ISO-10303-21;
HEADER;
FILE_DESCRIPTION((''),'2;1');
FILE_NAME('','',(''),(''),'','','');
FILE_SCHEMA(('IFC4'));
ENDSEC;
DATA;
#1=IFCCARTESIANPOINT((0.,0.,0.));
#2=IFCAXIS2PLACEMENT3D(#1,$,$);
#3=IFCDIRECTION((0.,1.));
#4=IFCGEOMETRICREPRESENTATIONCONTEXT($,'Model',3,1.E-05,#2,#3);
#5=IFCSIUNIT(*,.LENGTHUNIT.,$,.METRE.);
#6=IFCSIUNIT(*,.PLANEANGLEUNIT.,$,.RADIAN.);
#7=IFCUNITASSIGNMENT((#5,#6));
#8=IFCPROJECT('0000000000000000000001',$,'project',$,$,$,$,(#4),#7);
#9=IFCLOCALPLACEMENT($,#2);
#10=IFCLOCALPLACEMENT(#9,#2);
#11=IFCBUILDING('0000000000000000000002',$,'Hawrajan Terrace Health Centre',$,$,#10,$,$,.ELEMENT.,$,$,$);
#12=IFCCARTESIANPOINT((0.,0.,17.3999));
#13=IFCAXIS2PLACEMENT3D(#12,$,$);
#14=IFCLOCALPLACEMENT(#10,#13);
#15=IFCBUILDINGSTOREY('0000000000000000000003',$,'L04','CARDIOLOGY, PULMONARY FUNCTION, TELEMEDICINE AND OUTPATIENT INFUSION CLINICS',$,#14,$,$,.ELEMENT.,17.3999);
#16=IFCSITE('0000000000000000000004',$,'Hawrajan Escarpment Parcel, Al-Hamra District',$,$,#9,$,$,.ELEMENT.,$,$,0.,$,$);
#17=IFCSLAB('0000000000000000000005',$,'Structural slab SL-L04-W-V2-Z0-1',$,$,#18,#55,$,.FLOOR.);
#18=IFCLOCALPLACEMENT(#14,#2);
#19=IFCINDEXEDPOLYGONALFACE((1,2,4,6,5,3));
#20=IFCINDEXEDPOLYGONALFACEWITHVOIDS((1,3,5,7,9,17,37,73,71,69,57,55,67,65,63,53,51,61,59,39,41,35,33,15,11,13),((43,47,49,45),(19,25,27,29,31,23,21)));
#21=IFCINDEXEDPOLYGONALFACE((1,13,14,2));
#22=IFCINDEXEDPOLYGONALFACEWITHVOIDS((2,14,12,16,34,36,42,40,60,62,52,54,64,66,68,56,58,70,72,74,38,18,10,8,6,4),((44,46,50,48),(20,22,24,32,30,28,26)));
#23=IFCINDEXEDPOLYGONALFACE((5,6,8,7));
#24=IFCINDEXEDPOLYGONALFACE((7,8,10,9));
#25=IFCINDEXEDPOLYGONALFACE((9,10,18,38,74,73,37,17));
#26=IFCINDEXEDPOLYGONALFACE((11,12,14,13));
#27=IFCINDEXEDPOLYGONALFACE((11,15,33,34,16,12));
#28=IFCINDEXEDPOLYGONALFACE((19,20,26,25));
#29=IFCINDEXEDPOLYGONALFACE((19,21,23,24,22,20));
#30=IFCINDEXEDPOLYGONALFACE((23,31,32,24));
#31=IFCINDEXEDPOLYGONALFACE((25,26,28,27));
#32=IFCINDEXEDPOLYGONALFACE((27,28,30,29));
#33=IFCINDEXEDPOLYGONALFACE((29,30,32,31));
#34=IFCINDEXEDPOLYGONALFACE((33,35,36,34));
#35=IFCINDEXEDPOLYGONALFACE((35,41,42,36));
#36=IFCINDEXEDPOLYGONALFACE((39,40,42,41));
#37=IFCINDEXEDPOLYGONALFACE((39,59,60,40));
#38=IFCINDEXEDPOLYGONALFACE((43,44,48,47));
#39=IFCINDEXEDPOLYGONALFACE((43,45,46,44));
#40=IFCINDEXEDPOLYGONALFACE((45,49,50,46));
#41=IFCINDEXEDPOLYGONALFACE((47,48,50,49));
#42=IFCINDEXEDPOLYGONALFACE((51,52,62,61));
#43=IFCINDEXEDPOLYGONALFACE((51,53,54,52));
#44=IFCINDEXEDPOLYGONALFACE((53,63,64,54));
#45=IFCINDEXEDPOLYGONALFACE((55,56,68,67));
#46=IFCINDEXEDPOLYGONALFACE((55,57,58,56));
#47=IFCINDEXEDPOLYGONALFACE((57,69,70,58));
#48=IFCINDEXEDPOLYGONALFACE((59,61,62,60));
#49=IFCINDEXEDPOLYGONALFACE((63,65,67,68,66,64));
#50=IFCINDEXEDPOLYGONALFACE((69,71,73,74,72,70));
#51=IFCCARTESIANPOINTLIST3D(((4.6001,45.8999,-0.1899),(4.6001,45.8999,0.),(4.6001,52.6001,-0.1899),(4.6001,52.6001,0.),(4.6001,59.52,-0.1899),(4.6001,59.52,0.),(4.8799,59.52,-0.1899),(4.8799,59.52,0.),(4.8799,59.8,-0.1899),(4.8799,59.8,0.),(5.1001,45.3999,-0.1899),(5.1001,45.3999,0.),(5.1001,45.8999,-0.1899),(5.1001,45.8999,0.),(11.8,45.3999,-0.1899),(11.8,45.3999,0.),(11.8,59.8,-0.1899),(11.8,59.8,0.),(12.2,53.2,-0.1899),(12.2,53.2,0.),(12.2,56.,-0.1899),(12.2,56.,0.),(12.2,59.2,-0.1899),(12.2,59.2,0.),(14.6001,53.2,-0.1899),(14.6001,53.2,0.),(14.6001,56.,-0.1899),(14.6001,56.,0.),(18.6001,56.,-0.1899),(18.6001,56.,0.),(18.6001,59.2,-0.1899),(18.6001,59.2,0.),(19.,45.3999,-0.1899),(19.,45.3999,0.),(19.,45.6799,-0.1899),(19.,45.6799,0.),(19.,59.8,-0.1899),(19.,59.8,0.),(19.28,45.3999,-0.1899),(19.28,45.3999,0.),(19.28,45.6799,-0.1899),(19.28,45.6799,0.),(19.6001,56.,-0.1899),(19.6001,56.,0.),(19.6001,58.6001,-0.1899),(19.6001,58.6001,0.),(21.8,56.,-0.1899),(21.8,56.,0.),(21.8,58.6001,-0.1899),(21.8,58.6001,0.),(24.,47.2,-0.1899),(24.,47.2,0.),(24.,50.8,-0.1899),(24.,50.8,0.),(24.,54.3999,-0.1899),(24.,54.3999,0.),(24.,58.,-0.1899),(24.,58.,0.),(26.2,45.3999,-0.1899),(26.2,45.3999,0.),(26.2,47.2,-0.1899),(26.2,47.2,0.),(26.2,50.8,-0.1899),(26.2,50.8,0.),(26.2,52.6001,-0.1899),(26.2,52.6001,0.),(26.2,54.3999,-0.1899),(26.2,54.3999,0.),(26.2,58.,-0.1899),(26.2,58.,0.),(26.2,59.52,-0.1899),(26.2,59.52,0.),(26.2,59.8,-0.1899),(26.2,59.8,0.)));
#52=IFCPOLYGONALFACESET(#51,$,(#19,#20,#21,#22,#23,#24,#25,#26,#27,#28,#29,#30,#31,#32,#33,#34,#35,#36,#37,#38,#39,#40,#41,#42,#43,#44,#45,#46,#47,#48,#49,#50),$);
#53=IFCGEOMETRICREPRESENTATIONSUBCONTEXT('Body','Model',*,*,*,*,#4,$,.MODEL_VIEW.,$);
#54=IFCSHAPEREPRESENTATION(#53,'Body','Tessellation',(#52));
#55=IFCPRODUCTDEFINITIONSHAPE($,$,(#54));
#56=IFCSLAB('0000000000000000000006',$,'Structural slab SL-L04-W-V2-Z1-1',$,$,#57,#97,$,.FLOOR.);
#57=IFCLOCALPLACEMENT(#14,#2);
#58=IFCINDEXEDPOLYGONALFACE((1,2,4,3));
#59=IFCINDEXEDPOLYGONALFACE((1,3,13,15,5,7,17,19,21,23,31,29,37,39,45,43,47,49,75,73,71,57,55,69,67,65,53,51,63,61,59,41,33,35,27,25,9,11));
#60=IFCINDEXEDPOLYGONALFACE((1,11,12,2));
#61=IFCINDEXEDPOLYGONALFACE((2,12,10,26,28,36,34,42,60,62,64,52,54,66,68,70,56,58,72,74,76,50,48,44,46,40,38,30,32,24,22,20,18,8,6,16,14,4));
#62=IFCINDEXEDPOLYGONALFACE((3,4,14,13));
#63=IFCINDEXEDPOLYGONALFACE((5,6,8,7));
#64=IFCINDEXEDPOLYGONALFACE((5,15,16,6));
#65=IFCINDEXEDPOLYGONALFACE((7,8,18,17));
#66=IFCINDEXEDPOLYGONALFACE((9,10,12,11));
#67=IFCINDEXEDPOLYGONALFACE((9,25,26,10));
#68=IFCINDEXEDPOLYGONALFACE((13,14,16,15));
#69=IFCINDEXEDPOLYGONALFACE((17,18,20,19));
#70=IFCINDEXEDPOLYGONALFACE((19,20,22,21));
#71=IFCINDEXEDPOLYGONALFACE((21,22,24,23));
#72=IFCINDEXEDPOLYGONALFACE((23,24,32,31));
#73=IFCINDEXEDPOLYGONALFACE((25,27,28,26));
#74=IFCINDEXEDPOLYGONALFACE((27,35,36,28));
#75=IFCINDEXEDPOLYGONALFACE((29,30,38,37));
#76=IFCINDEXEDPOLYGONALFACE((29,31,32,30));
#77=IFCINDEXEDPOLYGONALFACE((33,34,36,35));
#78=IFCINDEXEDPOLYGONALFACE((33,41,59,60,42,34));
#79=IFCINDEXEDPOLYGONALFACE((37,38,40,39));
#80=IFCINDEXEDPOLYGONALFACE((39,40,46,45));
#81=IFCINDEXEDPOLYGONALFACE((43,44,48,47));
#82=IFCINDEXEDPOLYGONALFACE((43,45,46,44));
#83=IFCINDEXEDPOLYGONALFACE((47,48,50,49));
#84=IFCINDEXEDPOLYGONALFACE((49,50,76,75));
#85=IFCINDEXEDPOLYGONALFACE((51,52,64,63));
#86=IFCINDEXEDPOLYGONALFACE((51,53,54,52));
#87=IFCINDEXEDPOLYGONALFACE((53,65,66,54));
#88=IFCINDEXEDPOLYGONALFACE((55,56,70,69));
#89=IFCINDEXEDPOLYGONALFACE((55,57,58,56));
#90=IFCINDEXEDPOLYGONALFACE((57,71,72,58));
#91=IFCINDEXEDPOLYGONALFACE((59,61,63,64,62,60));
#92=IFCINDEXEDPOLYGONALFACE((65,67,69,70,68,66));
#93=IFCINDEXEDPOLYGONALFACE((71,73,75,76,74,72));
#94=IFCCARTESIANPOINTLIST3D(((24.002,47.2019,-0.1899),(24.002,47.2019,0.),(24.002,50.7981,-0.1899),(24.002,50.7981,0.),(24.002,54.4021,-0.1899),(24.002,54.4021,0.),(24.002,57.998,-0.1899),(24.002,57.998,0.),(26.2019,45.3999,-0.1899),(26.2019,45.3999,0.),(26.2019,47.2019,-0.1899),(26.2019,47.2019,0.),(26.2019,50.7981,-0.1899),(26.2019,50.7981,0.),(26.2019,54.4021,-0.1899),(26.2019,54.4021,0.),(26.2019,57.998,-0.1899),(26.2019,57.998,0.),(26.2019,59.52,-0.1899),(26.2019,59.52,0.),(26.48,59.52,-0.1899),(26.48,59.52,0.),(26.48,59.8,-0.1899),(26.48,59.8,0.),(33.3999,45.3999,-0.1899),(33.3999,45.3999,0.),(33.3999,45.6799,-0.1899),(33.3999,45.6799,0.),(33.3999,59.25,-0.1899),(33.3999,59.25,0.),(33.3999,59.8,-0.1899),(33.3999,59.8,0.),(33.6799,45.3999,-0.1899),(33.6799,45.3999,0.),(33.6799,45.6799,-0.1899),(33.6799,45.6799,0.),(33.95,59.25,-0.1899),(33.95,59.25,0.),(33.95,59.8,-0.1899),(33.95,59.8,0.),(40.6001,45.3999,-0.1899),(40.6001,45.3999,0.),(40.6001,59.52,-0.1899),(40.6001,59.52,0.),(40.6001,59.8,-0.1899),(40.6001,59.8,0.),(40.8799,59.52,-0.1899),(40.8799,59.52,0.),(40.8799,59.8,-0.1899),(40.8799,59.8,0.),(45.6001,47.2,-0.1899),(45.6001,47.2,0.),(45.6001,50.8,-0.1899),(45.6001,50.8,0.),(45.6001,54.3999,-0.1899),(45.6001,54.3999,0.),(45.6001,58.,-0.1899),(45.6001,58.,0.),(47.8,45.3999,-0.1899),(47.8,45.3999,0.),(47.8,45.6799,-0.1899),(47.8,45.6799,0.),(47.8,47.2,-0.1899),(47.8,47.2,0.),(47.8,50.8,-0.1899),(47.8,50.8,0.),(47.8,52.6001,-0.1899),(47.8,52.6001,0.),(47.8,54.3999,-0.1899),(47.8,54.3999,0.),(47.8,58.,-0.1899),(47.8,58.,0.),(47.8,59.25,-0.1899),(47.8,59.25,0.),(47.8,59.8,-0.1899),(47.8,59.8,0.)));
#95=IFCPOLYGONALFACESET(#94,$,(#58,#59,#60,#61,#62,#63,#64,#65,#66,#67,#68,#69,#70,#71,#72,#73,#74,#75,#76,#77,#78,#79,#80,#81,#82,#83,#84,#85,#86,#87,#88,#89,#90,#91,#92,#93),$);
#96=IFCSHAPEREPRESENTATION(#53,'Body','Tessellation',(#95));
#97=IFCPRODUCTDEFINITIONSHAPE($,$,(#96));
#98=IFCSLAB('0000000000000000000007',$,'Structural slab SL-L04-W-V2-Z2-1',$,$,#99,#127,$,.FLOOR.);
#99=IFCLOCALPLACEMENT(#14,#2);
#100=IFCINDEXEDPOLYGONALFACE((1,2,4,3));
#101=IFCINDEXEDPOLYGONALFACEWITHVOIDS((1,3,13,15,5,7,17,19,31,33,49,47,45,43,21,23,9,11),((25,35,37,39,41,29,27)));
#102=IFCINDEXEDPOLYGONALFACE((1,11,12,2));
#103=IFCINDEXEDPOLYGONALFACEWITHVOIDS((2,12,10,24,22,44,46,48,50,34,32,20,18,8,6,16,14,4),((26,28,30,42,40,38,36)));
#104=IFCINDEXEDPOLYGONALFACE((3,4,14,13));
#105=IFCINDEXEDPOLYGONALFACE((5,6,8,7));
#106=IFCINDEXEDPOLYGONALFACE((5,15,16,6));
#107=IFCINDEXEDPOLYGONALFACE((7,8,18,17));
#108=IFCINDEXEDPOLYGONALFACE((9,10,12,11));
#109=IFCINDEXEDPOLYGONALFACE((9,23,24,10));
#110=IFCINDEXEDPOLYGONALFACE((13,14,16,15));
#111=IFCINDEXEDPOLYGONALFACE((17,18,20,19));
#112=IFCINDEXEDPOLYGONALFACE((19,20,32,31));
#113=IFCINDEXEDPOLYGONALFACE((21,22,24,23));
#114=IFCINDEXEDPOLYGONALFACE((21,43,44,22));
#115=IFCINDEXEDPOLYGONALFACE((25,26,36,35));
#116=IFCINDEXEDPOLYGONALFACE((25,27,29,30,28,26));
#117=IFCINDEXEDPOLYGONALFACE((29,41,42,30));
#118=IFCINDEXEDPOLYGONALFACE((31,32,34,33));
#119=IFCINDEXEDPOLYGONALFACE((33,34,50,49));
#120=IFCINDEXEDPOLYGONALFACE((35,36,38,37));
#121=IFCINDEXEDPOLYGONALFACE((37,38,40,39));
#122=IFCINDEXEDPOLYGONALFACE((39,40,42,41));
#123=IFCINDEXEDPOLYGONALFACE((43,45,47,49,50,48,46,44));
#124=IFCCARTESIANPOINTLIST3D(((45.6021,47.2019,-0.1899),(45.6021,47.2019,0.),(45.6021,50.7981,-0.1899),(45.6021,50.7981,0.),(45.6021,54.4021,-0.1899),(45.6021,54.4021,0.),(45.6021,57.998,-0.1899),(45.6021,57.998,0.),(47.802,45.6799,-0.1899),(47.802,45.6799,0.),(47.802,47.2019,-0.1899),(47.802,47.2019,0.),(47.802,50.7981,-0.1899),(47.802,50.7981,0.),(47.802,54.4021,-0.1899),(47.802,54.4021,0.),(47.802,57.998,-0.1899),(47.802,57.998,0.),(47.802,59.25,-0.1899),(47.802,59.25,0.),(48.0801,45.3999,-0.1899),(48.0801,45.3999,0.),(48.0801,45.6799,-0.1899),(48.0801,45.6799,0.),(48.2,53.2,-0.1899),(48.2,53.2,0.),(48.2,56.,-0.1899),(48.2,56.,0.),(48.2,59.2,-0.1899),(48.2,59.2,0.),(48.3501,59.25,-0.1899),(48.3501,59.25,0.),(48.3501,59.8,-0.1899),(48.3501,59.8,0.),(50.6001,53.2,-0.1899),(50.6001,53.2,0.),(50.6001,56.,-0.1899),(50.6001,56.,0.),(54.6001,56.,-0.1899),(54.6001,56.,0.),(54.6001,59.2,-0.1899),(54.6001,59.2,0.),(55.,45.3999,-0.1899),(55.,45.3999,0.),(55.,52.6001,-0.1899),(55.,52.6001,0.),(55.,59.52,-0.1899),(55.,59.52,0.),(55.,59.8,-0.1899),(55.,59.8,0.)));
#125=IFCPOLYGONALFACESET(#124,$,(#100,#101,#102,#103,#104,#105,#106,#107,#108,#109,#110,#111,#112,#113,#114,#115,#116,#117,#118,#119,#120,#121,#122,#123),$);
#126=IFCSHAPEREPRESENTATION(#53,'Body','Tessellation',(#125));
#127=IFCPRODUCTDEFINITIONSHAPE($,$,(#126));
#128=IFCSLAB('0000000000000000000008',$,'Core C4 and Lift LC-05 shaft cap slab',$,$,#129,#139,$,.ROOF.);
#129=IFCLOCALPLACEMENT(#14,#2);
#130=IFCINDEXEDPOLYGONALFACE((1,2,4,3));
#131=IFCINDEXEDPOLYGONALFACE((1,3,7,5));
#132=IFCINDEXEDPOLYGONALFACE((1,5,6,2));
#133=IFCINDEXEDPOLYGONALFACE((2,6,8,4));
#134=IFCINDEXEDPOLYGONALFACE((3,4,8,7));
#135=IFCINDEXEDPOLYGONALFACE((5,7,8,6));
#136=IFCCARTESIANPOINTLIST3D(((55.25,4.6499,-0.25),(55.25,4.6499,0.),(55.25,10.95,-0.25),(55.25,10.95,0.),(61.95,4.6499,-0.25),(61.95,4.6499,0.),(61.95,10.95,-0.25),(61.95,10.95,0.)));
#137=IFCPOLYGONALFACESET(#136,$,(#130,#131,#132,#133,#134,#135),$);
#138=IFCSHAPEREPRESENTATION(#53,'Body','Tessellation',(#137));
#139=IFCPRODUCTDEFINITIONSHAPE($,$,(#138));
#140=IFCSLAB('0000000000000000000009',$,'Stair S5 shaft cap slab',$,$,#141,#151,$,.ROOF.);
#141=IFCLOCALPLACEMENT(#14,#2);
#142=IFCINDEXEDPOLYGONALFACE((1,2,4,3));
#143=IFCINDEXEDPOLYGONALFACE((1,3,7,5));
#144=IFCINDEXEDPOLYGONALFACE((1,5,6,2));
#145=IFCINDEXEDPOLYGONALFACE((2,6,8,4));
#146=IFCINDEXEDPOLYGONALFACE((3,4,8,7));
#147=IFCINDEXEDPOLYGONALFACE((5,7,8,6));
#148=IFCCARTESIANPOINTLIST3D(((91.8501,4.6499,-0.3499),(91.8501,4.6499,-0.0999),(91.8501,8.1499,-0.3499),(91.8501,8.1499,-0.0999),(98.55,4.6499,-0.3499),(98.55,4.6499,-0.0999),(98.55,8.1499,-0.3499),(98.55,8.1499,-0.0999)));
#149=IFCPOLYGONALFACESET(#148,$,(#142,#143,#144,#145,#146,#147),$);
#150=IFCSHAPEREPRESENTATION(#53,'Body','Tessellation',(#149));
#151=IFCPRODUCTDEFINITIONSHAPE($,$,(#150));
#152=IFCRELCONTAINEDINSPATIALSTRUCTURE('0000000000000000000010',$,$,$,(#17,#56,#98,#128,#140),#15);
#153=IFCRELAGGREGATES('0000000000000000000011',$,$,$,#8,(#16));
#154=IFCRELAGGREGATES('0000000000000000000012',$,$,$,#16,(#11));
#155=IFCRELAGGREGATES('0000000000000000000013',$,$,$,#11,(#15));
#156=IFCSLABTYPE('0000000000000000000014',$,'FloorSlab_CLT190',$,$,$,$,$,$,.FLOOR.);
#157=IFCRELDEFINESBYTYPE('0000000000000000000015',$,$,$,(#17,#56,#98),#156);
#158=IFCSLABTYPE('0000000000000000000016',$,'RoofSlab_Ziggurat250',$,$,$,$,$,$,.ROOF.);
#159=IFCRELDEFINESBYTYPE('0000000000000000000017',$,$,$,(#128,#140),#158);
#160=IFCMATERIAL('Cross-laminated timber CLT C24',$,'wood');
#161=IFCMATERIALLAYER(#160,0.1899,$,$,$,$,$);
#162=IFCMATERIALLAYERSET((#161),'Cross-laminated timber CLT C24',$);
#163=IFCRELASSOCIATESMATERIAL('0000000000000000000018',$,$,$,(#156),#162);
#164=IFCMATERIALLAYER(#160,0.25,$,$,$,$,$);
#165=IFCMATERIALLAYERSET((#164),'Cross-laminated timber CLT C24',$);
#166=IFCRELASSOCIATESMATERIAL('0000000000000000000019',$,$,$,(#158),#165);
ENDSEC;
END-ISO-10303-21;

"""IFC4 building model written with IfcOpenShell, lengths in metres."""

from ifc_helpers import new_model, si_unit, direction, frame, origin, place, context, subcontext, project, spatial, polyline, outline, extrude, material, layer, layer_set, type_object, element, save


model = new_model("IFC4")

# Units and contexts
model_context = context("Model", 3, precision=1e-05, world=origin(), true_north=direction((0.0, 1.0)))
body_context = subcontext(model_context, "Body", "Model", "MODEL_VIEW")
ifc_project = project(units=[si_unit("LENGTHUNIT", "METRE"), si_unit("PLANEANGLEUNIT", "RADIAN")], contexts=[model_context])

# Site, building, storey
site_placement = place(None, origin())
site = spatial("IfcSite", under=ifc_project, at=site_placement, Name="Hawrajan Escarpment Parcel, Al-Hamra District", CompositionType="ELEMENT", RefElevation=0.0)
building_placement = place(site_placement, origin())
building = spatial("IfcBuilding", under=site, at=building_placement, Name="Hawrajan Terrace Health Centre", CompositionType="ELEMENT")
storey_placement = place(building_placement, frame((0.0, 0.0, 17.3999)))
storey = spatial("IfcBuildingStorey", under=building, at=storey_placement, Name="L04", Description="CARDIOLOGY, PULMONARY FUNCTION, TELEMEDICINE AND OUTPATIENT INFUSION CLINICS", CompositionType="ELEMENT", Elevation=17.3999)

# Slabs
ifc_material_1 = material(Name="Cross-laminated timber CLT C24", Category="wood")
ifc_layer_1 = layer(ifc_material_1, 0.1899)
ifc_layer_set_1 = layer_set([ifc_layer_1], Name="Cross-laminated timber CLT C24")
slab_type_1 = type_object("IfcSlabType", Name="FloorSlab_CLT190", PredefinedType="FLOOR", material=ifc_layer_set_1)
slab_1_placement = place(storey_placement, frame((0.0, 0.0, -0.1899)))
element("IfcSlab", 1, at=slab_1_placement, inside=storey, type_object=slab_type_1, Name="Structural slab SL-L04-W-V2-Z0-1", PredefinedType="FLOOR", context=body_context, shape_type="SweptSolid", body=[
    extrude(outline(polyline([(4.6001, 59.52), (4.8799, 59.52), (4.8799, 59.8), (11.8, 59.8), (19.0, 59.8), (26.2, 59.8), (26.2, 59.52), (26.2, 58.0), (24.0, 58.0), (24.0, 54.3999), (26.2, 54.3999), (26.2, 52.6001), (26.2, 50.8), (24.0, 50.8), (24.0, 47.2), (26.2, 47.2), (26.2, 45.3999), (19.28, 45.3999), (19.28, 45.6799), (19.0, 45.6799), (19.0, 45.3999), (11.8, 45.3999), (5.1001, 45.3999), (5.1001, 45.8999), (4.6001, 45.8999), (4.6001, 52.6001), (4.6001, 59.52)]), holes=[polyline([(12.2, 59.2), (12.2, 56.0), (12.2, 53.2), (14.6001, 53.2), (14.6001, 56.0), (18.6001, 56.0), (18.6001, 59.2), (12.2, 59.2)]), polyline([(19.6001, 56.0), (21.8, 56.0), (21.8, 58.6001), (19.6001, 58.6001), (19.6001, 56.0)])]), origin(), (0.0, 0.0, 1.0), 0.1899),
])
slab_2_placement = place(storey_placement, frame((0.0, 0.0, -0.1899)))
element("IfcSlab", 2, at=slab_2_placement, inside=storey, type_object=slab_type_1, Name="Structural slab SL-L04-W-V2-Z1-1", PredefinedType="FLOOR", context=body_context, shape_type="SweptSolid", body=[
    extrude(outline(polyline([(26.48, 59.52), (26.48, 59.8), (33.3999, 59.8), (33.3999, 59.25), (33.95, 59.25), (33.95, 59.8), (40.6001, 59.8), (40.6001, 59.52), (40.8799, 59.52), (40.8799, 59.8), (47.8, 59.8), (47.8, 59.25), (47.8, 58.0), (45.6001, 58.0), (45.6001, 54.3999), (47.8, 54.3999), (47.8, 52.6001), (47.8, 50.8), (45.6001, 50.8), (45.6001, 47.2), (47.8, 47.2), (47.8, 45.6799), (47.8, 45.3999), (40.6001, 45.3999), (33.6799, 45.3999), (33.6799, 45.6799), (33.3999, 45.6799), (33.3999, 45.3999), (26.2019, 45.3999), (26.2019, 47.2019), (24.002, 47.2019), (24.002, 50.7981), (26.2019, 50.7981), (26.2019, 54.4021), (24.002, 54.4021), (24.002, 57.998), (26.2019, 57.998), (26.2019, 59.52), (26.48, 59.52)])), origin(), (0.0, 0.0, 1.0), 0.1899),
])
slab_3_placement = place(storey_placement, frame((0.0, 0.0, -0.1899)))
element("IfcSlab", 3, at=slab_3_placement, inside=storey, type_object=slab_type_1, Name="Structural slab SL-L04-W-V2-Z2-1", PredefinedType="FLOOR", context=body_context, shape_type="SweptSolid", body=[
    extrude(outline(polyline([(48.3501, 59.25), (48.3501, 59.8), (55.0, 59.8), (55.0, 59.52), (55.0, 52.6001), (55.0, 45.3999), (48.0801, 45.3999), (48.0801, 45.6799), (47.802, 45.6799), (47.802, 47.2019), (45.6021, 47.2019), (45.6021, 50.7981), (47.802, 50.7981), (47.802, 54.4021), (45.6021, 54.4021), (45.6021, 57.998), (47.802, 57.998), (47.802, 59.25), (48.3501, 59.25)]), holes=[polyline([(50.6001, 56.0), (54.6001, 56.0), (54.6001, 59.2), (48.2, 59.2), (48.2, 56.0), (48.2, 53.2), (50.6001, 53.2), (50.6001, 56.0)])]), origin(), (0.0, 0.0, 1.0), 0.1899),
])
ifc_layer_2 = layer(ifc_material_1, 0.25)
ifc_layer_set_2 = layer_set([ifc_layer_2], Name="Cross-laminated timber CLT C24")
slab_type_2 = type_object("IfcSlabType", Name="RoofSlab_Ziggurat250", PredefinedType="ROOF", material=ifc_layer_set_2)
slab_4_placement = place(storey_placement, frame((0.0, 0.0, -0.25)))
element("IfcSlab", 4, at=slab_4_placement, inside=storey, type_object=slab_type_2, Name="Core C4 and Lift LC-05 shaft cap slab", PredefinedType="ROOF", context=body_context, shape_type="SweptSolid", body=[
    extrude(outline(polyline([(55.25, 4.6499), (61.95, 4.6499), (61.95, 10.95), (55.25, 10.95), (55.25, 4.6499)])), origin(), (0.0, 0.0, 1.0), 0.25),
])
slab_5_placement = place(storey_placement, frame((0.0, 0.0, -0.3499)))
element("IfcSlab", 5, at=slab_5_placement, inside=storey, type_object=slab_type_2, Name="Stair S5 shaft cap slab", PredefinedType="ROOF", context=body_context, shape_type="SweptSolid", body=[
    extrude(outline(polyline([(91.8501, 4.6499), (98.55, 4.6499), (98.55, 8.1499), (91.8501, 8.1499), (91.8501, 4.6499)])), origin(), (0.0, 0.0, 1.0), 0.25),
])

save(model, "model.ifc")
